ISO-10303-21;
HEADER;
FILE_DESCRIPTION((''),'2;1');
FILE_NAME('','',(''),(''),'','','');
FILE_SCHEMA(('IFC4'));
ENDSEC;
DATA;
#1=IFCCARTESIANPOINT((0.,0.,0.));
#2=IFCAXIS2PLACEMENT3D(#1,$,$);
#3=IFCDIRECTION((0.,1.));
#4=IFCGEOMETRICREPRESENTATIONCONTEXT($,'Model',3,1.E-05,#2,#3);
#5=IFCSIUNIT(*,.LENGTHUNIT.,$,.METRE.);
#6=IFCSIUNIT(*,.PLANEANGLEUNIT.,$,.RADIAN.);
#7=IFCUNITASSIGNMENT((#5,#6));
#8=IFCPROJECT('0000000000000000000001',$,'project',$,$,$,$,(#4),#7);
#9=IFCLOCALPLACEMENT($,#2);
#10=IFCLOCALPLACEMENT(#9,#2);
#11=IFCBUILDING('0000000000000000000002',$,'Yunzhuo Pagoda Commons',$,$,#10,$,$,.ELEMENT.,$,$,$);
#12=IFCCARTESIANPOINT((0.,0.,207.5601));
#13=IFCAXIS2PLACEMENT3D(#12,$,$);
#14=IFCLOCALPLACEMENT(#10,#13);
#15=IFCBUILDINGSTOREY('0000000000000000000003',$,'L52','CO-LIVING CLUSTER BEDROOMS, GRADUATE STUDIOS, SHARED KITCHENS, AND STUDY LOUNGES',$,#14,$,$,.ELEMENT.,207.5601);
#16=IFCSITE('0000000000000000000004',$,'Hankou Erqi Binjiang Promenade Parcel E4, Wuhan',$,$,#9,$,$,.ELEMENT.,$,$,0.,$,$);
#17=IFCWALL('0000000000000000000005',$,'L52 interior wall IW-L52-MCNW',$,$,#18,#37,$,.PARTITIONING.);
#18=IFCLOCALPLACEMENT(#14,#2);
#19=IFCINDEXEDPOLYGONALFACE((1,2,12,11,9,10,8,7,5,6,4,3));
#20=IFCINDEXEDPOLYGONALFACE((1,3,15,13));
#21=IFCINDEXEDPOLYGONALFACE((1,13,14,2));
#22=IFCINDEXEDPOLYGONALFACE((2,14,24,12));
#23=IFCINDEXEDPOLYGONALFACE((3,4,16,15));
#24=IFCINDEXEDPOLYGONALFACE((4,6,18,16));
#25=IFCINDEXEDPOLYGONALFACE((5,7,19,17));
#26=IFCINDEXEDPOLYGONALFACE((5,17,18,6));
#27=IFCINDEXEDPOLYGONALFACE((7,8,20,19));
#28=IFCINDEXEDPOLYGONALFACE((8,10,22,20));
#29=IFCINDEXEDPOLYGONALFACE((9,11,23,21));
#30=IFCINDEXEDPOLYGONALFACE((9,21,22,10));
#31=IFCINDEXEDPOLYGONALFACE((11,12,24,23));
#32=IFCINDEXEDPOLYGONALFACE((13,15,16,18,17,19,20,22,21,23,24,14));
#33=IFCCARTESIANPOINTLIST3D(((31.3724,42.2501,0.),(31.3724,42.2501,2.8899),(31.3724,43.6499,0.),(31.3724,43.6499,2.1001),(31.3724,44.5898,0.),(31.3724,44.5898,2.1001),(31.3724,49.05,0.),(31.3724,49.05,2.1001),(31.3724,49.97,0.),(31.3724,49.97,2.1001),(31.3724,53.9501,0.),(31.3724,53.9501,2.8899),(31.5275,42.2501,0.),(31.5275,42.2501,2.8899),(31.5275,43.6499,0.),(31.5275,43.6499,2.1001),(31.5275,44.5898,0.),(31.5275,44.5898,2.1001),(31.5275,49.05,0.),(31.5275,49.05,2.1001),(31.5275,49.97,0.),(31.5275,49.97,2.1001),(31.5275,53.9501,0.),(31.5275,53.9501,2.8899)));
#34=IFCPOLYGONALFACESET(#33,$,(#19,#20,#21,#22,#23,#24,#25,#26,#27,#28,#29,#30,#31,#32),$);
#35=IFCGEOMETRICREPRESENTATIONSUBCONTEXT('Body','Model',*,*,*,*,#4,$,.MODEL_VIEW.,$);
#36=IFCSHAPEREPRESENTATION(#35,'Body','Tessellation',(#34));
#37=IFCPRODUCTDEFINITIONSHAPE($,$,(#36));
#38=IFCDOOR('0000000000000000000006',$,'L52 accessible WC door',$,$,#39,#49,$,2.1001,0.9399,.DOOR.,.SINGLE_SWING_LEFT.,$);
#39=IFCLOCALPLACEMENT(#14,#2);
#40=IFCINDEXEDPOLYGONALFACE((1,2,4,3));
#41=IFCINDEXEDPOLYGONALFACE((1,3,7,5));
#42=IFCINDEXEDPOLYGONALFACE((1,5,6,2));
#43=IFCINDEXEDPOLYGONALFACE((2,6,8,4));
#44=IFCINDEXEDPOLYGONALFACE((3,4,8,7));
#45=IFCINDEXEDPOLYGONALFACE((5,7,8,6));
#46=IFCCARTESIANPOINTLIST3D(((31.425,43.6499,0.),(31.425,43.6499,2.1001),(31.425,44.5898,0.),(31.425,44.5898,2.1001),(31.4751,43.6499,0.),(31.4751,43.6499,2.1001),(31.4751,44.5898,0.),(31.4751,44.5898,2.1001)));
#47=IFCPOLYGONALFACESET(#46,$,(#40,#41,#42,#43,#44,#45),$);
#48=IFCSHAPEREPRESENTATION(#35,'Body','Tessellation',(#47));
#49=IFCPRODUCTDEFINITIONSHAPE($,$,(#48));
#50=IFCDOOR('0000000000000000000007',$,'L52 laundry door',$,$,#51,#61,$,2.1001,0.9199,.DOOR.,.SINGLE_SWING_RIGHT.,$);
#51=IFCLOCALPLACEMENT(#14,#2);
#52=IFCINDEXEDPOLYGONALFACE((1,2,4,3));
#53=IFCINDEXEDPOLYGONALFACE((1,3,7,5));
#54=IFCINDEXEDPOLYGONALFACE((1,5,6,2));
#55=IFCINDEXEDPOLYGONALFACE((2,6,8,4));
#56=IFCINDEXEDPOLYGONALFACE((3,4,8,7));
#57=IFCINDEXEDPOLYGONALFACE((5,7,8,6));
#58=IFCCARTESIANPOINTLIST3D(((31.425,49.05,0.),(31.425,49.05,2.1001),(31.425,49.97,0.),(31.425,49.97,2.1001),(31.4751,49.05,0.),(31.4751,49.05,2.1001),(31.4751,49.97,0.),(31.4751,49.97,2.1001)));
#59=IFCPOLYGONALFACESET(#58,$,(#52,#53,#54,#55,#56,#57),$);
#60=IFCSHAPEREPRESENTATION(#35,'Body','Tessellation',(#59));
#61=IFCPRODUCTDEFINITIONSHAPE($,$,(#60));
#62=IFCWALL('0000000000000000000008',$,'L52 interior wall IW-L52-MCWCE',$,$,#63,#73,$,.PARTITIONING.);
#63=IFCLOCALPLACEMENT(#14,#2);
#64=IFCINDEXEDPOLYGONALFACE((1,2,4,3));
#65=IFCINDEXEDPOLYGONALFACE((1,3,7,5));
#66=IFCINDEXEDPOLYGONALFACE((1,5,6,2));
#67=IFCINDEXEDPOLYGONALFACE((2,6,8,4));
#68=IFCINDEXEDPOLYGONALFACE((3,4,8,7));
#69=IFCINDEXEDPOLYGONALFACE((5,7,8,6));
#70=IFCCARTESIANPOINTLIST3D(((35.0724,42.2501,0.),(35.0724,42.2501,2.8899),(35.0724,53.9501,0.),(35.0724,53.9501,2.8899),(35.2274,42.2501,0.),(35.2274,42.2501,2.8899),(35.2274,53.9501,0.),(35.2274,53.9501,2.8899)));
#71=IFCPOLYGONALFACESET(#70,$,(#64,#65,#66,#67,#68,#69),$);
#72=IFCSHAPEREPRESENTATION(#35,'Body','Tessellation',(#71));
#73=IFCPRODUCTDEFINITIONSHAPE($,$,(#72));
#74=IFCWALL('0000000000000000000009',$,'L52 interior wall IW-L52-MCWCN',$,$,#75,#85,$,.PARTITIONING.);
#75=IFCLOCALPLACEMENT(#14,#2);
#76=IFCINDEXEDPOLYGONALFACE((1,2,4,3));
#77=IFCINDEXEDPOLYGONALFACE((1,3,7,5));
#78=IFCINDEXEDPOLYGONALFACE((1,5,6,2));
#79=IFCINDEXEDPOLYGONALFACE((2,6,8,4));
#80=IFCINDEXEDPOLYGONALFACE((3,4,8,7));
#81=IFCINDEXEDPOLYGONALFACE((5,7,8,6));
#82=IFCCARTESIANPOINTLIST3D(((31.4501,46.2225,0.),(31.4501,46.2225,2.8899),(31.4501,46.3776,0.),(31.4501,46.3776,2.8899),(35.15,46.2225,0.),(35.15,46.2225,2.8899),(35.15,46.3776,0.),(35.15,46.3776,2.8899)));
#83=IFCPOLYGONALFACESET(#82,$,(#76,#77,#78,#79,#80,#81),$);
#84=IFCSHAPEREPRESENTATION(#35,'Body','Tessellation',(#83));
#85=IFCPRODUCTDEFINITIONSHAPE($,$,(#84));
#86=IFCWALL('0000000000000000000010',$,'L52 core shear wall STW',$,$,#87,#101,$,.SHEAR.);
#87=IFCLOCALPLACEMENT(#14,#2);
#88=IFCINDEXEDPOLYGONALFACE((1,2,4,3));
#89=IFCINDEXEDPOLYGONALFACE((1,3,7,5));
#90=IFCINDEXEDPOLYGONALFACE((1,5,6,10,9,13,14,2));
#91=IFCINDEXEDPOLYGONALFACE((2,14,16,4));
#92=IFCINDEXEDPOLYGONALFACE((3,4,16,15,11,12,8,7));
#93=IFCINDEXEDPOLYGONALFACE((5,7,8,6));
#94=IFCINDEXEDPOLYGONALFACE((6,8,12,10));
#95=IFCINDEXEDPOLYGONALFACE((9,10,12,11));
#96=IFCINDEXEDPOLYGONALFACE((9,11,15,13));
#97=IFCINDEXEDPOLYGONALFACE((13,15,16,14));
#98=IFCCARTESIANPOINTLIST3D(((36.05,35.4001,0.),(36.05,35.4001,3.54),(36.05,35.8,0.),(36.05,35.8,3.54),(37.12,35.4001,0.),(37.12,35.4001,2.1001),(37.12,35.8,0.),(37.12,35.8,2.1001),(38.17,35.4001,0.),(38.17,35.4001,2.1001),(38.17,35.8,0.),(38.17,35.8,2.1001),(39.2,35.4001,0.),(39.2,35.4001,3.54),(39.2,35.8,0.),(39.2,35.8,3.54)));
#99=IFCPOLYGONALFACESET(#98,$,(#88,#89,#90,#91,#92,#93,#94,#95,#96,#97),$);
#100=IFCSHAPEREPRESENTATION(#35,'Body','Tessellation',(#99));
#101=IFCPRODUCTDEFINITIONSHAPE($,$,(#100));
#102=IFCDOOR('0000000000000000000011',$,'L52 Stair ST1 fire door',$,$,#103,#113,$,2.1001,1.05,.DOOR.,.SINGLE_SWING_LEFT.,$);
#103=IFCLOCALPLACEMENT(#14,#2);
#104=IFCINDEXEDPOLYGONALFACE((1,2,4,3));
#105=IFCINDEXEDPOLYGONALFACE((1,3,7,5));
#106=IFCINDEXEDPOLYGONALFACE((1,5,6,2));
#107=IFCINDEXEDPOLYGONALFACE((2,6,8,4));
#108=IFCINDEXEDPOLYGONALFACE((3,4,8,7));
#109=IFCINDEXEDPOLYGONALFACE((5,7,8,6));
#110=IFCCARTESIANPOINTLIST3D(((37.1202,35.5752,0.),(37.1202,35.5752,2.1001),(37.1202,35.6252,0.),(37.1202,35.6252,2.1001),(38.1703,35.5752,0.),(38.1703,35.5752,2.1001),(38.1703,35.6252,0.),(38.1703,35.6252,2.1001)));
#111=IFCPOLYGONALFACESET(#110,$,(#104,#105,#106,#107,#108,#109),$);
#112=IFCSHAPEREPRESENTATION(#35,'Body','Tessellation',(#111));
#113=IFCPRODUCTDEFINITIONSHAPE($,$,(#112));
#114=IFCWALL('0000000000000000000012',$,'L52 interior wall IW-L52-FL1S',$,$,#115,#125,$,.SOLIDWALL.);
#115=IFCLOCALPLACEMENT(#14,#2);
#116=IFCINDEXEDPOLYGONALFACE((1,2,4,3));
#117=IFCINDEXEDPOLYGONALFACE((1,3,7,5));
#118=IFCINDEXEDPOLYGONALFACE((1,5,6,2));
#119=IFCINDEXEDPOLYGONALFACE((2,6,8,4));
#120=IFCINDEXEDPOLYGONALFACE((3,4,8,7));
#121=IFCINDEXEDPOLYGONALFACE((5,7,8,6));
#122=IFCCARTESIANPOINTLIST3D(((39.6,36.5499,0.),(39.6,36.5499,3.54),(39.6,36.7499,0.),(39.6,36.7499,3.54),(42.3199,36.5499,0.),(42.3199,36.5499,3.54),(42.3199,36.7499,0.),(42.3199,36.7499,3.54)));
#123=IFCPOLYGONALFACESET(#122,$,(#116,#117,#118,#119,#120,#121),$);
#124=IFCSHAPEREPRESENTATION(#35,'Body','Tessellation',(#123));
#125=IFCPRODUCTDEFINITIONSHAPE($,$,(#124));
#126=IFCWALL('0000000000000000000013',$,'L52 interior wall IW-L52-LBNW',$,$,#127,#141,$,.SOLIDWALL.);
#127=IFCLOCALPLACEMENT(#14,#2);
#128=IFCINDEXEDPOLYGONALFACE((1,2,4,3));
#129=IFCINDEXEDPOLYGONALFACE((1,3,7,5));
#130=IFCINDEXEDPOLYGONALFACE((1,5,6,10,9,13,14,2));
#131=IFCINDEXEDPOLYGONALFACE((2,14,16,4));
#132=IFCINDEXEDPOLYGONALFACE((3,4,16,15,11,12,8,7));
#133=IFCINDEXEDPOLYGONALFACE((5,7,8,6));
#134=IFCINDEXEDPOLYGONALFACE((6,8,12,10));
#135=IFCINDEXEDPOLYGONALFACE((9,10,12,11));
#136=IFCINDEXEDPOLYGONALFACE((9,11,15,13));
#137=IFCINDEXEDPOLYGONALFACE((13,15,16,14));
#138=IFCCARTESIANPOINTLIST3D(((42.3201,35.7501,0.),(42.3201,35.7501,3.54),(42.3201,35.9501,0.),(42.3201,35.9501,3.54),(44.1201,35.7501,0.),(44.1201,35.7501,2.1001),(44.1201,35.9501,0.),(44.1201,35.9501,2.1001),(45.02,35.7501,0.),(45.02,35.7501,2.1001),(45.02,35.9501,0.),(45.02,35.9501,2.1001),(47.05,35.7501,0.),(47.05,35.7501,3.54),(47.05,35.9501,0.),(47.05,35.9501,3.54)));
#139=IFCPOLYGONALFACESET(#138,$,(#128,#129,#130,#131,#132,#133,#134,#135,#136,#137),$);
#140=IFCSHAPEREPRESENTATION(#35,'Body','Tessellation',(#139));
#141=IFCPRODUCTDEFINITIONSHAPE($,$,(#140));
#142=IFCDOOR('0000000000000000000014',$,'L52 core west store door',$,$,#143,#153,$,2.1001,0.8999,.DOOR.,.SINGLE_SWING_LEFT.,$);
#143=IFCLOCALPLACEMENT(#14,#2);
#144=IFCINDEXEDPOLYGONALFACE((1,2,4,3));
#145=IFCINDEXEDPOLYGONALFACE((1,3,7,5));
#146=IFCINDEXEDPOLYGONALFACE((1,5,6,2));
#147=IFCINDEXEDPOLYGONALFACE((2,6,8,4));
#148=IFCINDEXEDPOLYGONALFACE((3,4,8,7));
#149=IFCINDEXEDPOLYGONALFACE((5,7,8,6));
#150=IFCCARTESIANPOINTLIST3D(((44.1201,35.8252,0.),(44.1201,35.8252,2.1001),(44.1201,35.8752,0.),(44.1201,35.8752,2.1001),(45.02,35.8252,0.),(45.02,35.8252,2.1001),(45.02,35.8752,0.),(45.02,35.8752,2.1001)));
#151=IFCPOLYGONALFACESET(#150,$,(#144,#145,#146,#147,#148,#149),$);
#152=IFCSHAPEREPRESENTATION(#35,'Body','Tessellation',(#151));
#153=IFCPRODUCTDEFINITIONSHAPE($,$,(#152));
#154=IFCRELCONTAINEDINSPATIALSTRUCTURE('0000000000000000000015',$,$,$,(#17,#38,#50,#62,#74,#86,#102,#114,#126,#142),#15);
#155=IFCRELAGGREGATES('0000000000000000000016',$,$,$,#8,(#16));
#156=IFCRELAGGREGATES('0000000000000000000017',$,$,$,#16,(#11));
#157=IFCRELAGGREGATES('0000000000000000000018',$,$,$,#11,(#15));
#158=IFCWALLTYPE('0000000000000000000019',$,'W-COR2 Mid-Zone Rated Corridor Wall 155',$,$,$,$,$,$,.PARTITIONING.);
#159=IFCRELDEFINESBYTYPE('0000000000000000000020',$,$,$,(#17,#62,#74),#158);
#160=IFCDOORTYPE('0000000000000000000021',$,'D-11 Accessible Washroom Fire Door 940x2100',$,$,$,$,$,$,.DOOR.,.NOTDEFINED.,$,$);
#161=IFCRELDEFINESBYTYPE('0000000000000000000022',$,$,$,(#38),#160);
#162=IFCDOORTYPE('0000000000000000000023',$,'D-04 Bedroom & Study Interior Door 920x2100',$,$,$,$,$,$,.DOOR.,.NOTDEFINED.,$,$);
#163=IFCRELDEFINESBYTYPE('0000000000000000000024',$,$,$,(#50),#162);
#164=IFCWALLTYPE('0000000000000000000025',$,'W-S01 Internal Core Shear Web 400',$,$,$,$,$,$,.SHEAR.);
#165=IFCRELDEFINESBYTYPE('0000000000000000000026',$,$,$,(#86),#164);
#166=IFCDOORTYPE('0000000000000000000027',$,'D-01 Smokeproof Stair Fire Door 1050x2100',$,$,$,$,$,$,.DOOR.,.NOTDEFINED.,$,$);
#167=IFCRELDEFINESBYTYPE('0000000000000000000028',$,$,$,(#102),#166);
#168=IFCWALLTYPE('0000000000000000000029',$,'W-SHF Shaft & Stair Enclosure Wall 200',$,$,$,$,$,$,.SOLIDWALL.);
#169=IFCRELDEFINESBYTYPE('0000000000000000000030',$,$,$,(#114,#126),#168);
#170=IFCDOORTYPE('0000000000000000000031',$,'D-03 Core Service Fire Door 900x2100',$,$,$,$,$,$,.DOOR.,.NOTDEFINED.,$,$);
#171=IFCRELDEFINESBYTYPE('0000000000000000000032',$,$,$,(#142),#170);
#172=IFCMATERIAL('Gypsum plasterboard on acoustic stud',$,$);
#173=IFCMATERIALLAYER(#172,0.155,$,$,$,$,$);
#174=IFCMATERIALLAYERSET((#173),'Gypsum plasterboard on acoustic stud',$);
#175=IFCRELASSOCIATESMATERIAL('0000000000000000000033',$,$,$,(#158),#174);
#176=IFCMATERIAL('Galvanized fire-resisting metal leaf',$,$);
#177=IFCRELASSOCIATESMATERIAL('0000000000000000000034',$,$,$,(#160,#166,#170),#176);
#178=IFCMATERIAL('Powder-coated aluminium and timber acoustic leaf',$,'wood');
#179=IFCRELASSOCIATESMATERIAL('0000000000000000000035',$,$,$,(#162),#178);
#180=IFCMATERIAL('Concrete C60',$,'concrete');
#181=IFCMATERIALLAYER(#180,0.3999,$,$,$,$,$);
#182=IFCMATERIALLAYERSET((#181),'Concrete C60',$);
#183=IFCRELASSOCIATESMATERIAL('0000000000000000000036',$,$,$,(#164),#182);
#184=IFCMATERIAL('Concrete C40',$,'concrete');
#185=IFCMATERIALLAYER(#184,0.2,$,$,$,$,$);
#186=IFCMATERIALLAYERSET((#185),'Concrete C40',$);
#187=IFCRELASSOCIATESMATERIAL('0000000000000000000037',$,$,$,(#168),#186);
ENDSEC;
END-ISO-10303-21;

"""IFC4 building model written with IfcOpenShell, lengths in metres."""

from ifc_helpers import new_model, si_unit, direction, frame, frame_2d, origin, origin_with_axes, place, context, subcontext, project, spatial, rectangle, extrude, source, transform, mapped, material, layer, layer_set, type_object, element, fill, save


model = new_model("IFC4")

# Units and contexts
model_context = context("Model", 3, precision=1e-05, world=origin(), true_north=direction((0.0, 1.0)))
body_context = subcontext(model_context, "Body", "Model", "MODEL_VIEW")
ifc_project = project(units=[si_unit("LENGTHUNIT", "METRE"), si_unit("PLANEANGLEUNIT", "RADIAN")], contexts=[model_context])

# Site, building, storey
site_placement = place(None, origin())
site = spatial("IfcSite", under=ifc_project, at=site_placement, Name="Hankou Erqi Binjiang Promenade Parcel E4, Wuhan", CompositionType="ELEMENT", RefElevation=0.0)
building_placement = place(site_placement, origin())
building = spatial("IfcBuilding", under=site, at=building_placement, Name="Yunzhuo Pagoda Commons", CompositionType="ELEMENT")
storey_placement = place(building_placement, frame((0.0, 0.0, 207.5601)))
storey = spatial("IfcBuildingStorey", under=building, at=storey_placement, Name="L52", Description="CO-LIVING CLUSTER BEDROOMS, GRADUATE STUDIOS, SHARED KITCHENS, AND STUDY LOUNGES", CompositionType="ELEMENT", Elevation=207.5601)

# Shared definitions
ifc_material_1 = material(Name="Galvanized fire-resisting metal leaf")
shared_shape_1 = source(origin(), body_context, "Body", "SweptSolid", [
    extrude(rectangle(XDim=1.05, YDim=2.1001, at=frame_2d((0.5249, 1.05))), frame((0.0, 0.0249, 0.0), z_axis=(0.0, -1.0, 0.0), x_axis=(1.0, 0.0, 0.0)), (0.0, 0.0, 1.0), 0.05),
])

# Wall, openings, doors
ifc_material_2 = material(Name="Gypsum plasterboard on acoustic stud")
ifc_layer_1 = layer(ifc_material_2, 0.155)
ifc_layer_set_1 = layer_set([ifc_layer_1], Name="Gypsum plasterboard on acoustic stud")
wall_type_1 = type_object("IfcWallType", Name="W-COR2 Mid-Zone Rated Corridor Wall 155", PredefinedType="PARTITIONING", material=ifc_layer_set_1)
wall_1_placement = place(storey_placement, frame((31.45, 42.25, 0.0), z_axis=(0.0, 0.0, 1.0), x_axis=(0.0, 1.0, 0.0)))
wall_1 = element("IfcWall", 1, at=wall_1_placement, inside=storey, type_object=wall_type_1, Name="L52 interior wall IW-L52-MCNW", PredefinedType="PARTITIONING", context=body_context, shape_type="SweptSolid", body=[
    extrude(rectangle(XDim=11.7, YDim=0.155, at=frame_2d((5.8501, 0.0))), origin(), (0.0, 0.0, 1.0), 2.8899),
])
opening_1_placement = place(wall_1_placement, frame((1.3999, 0.0, 0.0)))
opening_1 = element("IfcOpeningElement", 2, at=opening_1_placement, cuts=wall_1, PredefinedType="OPENING", context=body_context, shape_type="SweptSolid", body=[
    extrude(rectangle(XDim=0.9399, YDim=2.1001, at=frame_2d((0.47, 1.05))), frame((0.0, 0.0874, 0.0), z_axis=(0.0, -1.0, 0.0), x_axis=(1.0, 0.0, 0.0)), (0.0, 0.0, 1.0), 0.175),
])
opening_2_placement = place(wall_1_placement, frame((6.8, 0.0, 0.0)))
opening_2 = element("IfcOpeningElement", 3, at=opening_2_placement, cuts=wall_1, PredefinedType="OPENING", context=body_context, shape_type="SweptSolid", body=[
    extrude(rectangle(XDim=0.9199, YDim=2.1001, at=frame_2d((0.46, 1.05))), frame((0.0, 0.0874, 0.0), z_axis=(0.0, -1.0, 0.0), x_axis=(1.0, 0.0, 0.0)), (0.0, 0.0, 1.0), 0.175),
])
door_type_1 = type_object("IfcDoorType", Name="D-11 Accessible Washroom Fire Door 940x2100", OperationType="NOTDEFINED", PredefinedType="DOOR", material=ifc_material_1)
shared_shape_2 = source(origin(), body_context, "Body", "SweptSolid", [
    extrude(rectangle(XDim=0.9399, YDim=2.1001, at=frame_2d((0.47, 1.05))), frame((0.0, 0.0249, 0.0), z_axis=(0.0, -1.0, 0.0), x_axis=(1.0, 0.0, 0.0)), (0.0, 0.0, 1.0), 0.05),
])
door_1_placement = place(opening_1_placement, origin_with_axes())
door_1 = element("IfcDoor", 4, at=door_1_placement, inside=storey, type_object=door_type_1, Name="L52 accessible WC door", OperationType="SINGLE_SWING_LEFT", OverallHeight=2.1001, OverallWidth=0.9399, PredefinedType="DOOR", context=body_context, shape_type="MappedRepresentation", body=[
    mapped(shared_shape_2, transform((0.0, 0.0, 0.0), scale=1.0)),
])
fill(opening_1, door_1)
ifc_material_3 = material(Name="Powder-coated aluminium and timber acoustic leaf", Category="wood")
door_type_2 = type_object("IfcDoorType", Name="D-04 Bedroom & Study Interior Door 920x2100", OperationType="NOTDEFINED", PredefinedType="DOOR", material=ifc_material_3)
shared_shape_3 = source(origin(), body_context, "Body", "SweptSolid", [
    extrude(rectangle(XDim=0.9199, YDim=2.1001, at=frame_2d((0.46, 1.05))), frame((0.0, 0.0249, 0.0), z_axis=(0.0, -1.0, 0.0), x_axis=(1.0, 0.0, 0.0)), (0.0, 0.0, 1.0), 0.05),
])
door_2_placement = place(opening_2_placement, origin_with_axes())
door_2 = element("IfcDoor", 5, at=door_2_placement, inside=storey, type_object=door_type_2, Name="L52 laundry door", OperationType="SINGLE_SWING_RIGHT", OverallHeight=2.1001, OverallWidth=0.9199, PredefinedType="DOOR", context=body_context, shape_type="MappedRepresentation", body=[
    mapped(shared_shape_3, transform((0.0, 0.0, 0.0), scale=1.0)),
])
fill(opening_2, door_2)

# Walls
wall_2_placement = place(storey_placement, frame((35.1499, 42.25, 0.0), z_axis=(0.0, 0.0, 1.0), x_axis=(0.0, 1.0, 0.0)))
element("IfcWall", 6, at=wall_2_placement, inside=storey, type_object=wall_type_1, Name="L52 interior wall IW-L52-MCWCE", PredefinedType="PARTITIONING", context=body_context, shape_type="SweptSolid", body=[
    extrude(rectangle(XDim=11.7, YDim=0.155, at=frame_2d((5.8501, 0.0))), origin(), (0.0, 0.0, 1.0), 2.8899),
])
wall_3_placement = place(storey_placement, frame((31.45, 46.3, 0.0), z_axis=(0.0, 0.0, 1.0), x_axis=(1.0, 0.0, 0.0)))
element("IfcWall", 7, at=wall_3_placement, inside=storey, type_object=wall_type_1, Name="L52 interior wall IW-L52-MCWCN", PredefinedType="PARTITIONING", context=body_context, shape_type="SweptSolid", body=[
    extrude(rectangle(XDim=3.7, YDim=0.155, at=frame_2d((1.8501, 0.0))), origin(), (0.0, 0.0, 1.0), 2.8899),
])

# Wall, opening, door
ifc_material_4 = material(Name="Concrete C60", Category="concrete")
ifc_layer_2 = layer(ifc_material_4, 0.3999)
ifc_layer_set_2 = layer_set([ifc_layer_2], Name="Concrete C60")
wall_type_2 = type_object("IfcWallType", Name="W-S01 Internal Core Shear Web 400", PredefinedType="SHEAR", material=ifc_layer_set_2)
wall_4_placement = place(storey_placement, frame((36.05, 35.6001, 0.0), z_axis=(0.0, 0.0, 1.0), x_axis=(1.0, 0.0, 0.0)))
wall_4 = element("IfcWall", 8, at=wall_4_placement, inside=storey, type_object=wall_type_2, Name="L52 core shear wall STW", PredefinedType="SHEAR", context=body_context, shape_type="SweptSolid", body=[
    extrude(rectangle(XDim=3.1499, YDim=0.3999, at=frame_2d((1.575, 0.0))), origin(), (0.0, 0.0, 1.0), 3.54),
])
opening_3_placement = place(wall_4_placement, frame((1.0701, 0.0, 0.0)))
opening_3 = element("IfcOpeningElement", 9, at=opening_3_placement, cuts=wall_4, PredefinedType="OPENING", context=body_context, shape_type="SweptSolid", body=[
    extrude(rectangle(XDim=1.05, YDim=2.1001, at=frame_2d((0.5249, 1.05))), frame((0.0, 0.21, 0.0), z_axis=(0.0, -1.0, 0.0), x_axis=(1.0, 0.0, 0.0)), (0.0, 0.0, 1.0), 0.4199),
])
door_type_3 = type_object("IfcDoorType", Name="D-01 Smokeproof Stair Fire Door 1050x2100", OperationType="NOTDEFINED", PredefinedType="DOOR", material=ifc_material_1)
door_3_placement = place(opening_3_placement, frame((1.05, 0.0, 0.0), z_axis=(0.0, 0.0, 1.0), x_axis=(-1.0, 0.0, 0.0)))
door_3 = element("IfcDoor", 10, at=door_3_placement, inside=storey, type_object=door_type_3, Name="L52 Stair ST1 fire door", OperationType="SINGLE_SWING_LEFT", OverallHeight=2.1001, OverallWidth=1.05, PredefinedType="DOOR", context=body_context, shape_type="MappedRepresentation", body=[
    mapped(shared_shape_1, transform((0.0, 0.0, 0.0), scale=1.0)),
])
fill(opening_3, door_3)

# Wall
ifc_material_5 = material(Name="Concrete C40", Category="concrete")
ifc_layer_3 = layer(ifc_material_5, 0.2)
ifc_layer_set_3 = layer_set([ifc_layer_3], Name="Concrete C40")
wall_type_3 = type_object("IfcWallType", Name="W-SHF Shaft & Stair Enclosure Wall 200", PredefinedType="SOLIDWALL", material=ifc_layer_set_3)
wall_5_placement = place(storey_placement, frame((39.6001, 36.6499, 0.0), z_axis=(0.0, 0.0, 1.0), x_axis=(1.0, 0.0, 0.0)))
element("IfcWall", 11, at=wall_5_placement, inside=storey, type_object=wall_type_3, Name="L52 interior wall IW-L52-FL1S", PredefinedType="SOLIDWALL", context=body_context, shape_type="SweptSolid", body=[
    extrude(rectangle(XDim=2.72, YDim=0.2, at=frame_2d((1.3599, 0.0))), origin(), (0.0, 0.0, 1.0), 3.54),
])

# Wall, opening, door
wall_6_placement = place(storey_placement, frame((42.3201, 35.8501, 0.0), z_axis=(0.0, 0.0, 1.0), x_axis=(1.0, 0.0, 0.0)))
wall_6 = element("IfcWall", 12, at=wall_6_placement, inside=storey, type_object=wall_type_3, Name="L52 interior wall IW-L52-LBNW", PredefinedType="SOLIDWALL", context=body_context, shape_type="SweptSolid", body=[
    extrude(rectangle(XDim=4.73, YDim=0.2, at=frame_2d((2.365, 0.0))), origin(), (0.0, 0.0, 1.0), 3.54),
])
opening_4_placement = place(wall_6_placement, frame((1.8, 0.0, 0.0)))
opening_4 = element("IfcOpeningElement", 13, at=opening_4_placement, cuts=wall_6, PredefinedType="OPENING", context=body_context, shape_type="SweptSolid", body=[
    extrude(rectangle(XDim=0.8999, YDim=2.1001, at=frame_2d((0.45, 1.05))), frame((0.0, 0.1099, 0.0), z_axis=(0.0, -1.0, 0.0), x_axis=(1.0, 0.0, 0.0)), (0.0, 0.0, 1.0), 0.22),
])
door_type_4 = type_object("IfcDoorType", Name="D-03 Core Service Fire Door 900x2100", OperationType="NOTDEFINED", PredefinedType="DOOR", material=ifc_material_1)
shared_shape_4 = source(origin(), body_context, "Body", "SweptSolid", [
    extrude(rectangle(XDim=0.8999, YDim=2.1001, at=frame_2d((0.45, 1.05))), frame((0.0, 0.0249, 0.0), z_axis=(0.0, -1.0, 0.0), x_axis=(1.0, 0.0, 0.0)), (0.0, 0.0, 1.0), 0.05),
])
door_4_placement = place(opening_4_placement, frame((0.8999, 0.0, 0.0), z_axis=(0.0, 0.0, 1.0), x_axis=(-1.0, 0.0, 0.0)))
door_4 = element("IfcDoor", 14, at=door_4_placement, inside=storey, type_object=door_type_4, Name="L52 core west store door", OperationType="SINGLE_SWING_LEFT", OverallHeight=2.1001, OverallWidth=0.8999, PredefinedType="DOOR", context=body_context, shape_type="MappedRepresentation", body=[
    mapped(shared_shape_4, transform((0.0, 0.0, 0.0), scale=1.0)),
])
fill(opening_4, door_4)

save(model, "model.ifc")
